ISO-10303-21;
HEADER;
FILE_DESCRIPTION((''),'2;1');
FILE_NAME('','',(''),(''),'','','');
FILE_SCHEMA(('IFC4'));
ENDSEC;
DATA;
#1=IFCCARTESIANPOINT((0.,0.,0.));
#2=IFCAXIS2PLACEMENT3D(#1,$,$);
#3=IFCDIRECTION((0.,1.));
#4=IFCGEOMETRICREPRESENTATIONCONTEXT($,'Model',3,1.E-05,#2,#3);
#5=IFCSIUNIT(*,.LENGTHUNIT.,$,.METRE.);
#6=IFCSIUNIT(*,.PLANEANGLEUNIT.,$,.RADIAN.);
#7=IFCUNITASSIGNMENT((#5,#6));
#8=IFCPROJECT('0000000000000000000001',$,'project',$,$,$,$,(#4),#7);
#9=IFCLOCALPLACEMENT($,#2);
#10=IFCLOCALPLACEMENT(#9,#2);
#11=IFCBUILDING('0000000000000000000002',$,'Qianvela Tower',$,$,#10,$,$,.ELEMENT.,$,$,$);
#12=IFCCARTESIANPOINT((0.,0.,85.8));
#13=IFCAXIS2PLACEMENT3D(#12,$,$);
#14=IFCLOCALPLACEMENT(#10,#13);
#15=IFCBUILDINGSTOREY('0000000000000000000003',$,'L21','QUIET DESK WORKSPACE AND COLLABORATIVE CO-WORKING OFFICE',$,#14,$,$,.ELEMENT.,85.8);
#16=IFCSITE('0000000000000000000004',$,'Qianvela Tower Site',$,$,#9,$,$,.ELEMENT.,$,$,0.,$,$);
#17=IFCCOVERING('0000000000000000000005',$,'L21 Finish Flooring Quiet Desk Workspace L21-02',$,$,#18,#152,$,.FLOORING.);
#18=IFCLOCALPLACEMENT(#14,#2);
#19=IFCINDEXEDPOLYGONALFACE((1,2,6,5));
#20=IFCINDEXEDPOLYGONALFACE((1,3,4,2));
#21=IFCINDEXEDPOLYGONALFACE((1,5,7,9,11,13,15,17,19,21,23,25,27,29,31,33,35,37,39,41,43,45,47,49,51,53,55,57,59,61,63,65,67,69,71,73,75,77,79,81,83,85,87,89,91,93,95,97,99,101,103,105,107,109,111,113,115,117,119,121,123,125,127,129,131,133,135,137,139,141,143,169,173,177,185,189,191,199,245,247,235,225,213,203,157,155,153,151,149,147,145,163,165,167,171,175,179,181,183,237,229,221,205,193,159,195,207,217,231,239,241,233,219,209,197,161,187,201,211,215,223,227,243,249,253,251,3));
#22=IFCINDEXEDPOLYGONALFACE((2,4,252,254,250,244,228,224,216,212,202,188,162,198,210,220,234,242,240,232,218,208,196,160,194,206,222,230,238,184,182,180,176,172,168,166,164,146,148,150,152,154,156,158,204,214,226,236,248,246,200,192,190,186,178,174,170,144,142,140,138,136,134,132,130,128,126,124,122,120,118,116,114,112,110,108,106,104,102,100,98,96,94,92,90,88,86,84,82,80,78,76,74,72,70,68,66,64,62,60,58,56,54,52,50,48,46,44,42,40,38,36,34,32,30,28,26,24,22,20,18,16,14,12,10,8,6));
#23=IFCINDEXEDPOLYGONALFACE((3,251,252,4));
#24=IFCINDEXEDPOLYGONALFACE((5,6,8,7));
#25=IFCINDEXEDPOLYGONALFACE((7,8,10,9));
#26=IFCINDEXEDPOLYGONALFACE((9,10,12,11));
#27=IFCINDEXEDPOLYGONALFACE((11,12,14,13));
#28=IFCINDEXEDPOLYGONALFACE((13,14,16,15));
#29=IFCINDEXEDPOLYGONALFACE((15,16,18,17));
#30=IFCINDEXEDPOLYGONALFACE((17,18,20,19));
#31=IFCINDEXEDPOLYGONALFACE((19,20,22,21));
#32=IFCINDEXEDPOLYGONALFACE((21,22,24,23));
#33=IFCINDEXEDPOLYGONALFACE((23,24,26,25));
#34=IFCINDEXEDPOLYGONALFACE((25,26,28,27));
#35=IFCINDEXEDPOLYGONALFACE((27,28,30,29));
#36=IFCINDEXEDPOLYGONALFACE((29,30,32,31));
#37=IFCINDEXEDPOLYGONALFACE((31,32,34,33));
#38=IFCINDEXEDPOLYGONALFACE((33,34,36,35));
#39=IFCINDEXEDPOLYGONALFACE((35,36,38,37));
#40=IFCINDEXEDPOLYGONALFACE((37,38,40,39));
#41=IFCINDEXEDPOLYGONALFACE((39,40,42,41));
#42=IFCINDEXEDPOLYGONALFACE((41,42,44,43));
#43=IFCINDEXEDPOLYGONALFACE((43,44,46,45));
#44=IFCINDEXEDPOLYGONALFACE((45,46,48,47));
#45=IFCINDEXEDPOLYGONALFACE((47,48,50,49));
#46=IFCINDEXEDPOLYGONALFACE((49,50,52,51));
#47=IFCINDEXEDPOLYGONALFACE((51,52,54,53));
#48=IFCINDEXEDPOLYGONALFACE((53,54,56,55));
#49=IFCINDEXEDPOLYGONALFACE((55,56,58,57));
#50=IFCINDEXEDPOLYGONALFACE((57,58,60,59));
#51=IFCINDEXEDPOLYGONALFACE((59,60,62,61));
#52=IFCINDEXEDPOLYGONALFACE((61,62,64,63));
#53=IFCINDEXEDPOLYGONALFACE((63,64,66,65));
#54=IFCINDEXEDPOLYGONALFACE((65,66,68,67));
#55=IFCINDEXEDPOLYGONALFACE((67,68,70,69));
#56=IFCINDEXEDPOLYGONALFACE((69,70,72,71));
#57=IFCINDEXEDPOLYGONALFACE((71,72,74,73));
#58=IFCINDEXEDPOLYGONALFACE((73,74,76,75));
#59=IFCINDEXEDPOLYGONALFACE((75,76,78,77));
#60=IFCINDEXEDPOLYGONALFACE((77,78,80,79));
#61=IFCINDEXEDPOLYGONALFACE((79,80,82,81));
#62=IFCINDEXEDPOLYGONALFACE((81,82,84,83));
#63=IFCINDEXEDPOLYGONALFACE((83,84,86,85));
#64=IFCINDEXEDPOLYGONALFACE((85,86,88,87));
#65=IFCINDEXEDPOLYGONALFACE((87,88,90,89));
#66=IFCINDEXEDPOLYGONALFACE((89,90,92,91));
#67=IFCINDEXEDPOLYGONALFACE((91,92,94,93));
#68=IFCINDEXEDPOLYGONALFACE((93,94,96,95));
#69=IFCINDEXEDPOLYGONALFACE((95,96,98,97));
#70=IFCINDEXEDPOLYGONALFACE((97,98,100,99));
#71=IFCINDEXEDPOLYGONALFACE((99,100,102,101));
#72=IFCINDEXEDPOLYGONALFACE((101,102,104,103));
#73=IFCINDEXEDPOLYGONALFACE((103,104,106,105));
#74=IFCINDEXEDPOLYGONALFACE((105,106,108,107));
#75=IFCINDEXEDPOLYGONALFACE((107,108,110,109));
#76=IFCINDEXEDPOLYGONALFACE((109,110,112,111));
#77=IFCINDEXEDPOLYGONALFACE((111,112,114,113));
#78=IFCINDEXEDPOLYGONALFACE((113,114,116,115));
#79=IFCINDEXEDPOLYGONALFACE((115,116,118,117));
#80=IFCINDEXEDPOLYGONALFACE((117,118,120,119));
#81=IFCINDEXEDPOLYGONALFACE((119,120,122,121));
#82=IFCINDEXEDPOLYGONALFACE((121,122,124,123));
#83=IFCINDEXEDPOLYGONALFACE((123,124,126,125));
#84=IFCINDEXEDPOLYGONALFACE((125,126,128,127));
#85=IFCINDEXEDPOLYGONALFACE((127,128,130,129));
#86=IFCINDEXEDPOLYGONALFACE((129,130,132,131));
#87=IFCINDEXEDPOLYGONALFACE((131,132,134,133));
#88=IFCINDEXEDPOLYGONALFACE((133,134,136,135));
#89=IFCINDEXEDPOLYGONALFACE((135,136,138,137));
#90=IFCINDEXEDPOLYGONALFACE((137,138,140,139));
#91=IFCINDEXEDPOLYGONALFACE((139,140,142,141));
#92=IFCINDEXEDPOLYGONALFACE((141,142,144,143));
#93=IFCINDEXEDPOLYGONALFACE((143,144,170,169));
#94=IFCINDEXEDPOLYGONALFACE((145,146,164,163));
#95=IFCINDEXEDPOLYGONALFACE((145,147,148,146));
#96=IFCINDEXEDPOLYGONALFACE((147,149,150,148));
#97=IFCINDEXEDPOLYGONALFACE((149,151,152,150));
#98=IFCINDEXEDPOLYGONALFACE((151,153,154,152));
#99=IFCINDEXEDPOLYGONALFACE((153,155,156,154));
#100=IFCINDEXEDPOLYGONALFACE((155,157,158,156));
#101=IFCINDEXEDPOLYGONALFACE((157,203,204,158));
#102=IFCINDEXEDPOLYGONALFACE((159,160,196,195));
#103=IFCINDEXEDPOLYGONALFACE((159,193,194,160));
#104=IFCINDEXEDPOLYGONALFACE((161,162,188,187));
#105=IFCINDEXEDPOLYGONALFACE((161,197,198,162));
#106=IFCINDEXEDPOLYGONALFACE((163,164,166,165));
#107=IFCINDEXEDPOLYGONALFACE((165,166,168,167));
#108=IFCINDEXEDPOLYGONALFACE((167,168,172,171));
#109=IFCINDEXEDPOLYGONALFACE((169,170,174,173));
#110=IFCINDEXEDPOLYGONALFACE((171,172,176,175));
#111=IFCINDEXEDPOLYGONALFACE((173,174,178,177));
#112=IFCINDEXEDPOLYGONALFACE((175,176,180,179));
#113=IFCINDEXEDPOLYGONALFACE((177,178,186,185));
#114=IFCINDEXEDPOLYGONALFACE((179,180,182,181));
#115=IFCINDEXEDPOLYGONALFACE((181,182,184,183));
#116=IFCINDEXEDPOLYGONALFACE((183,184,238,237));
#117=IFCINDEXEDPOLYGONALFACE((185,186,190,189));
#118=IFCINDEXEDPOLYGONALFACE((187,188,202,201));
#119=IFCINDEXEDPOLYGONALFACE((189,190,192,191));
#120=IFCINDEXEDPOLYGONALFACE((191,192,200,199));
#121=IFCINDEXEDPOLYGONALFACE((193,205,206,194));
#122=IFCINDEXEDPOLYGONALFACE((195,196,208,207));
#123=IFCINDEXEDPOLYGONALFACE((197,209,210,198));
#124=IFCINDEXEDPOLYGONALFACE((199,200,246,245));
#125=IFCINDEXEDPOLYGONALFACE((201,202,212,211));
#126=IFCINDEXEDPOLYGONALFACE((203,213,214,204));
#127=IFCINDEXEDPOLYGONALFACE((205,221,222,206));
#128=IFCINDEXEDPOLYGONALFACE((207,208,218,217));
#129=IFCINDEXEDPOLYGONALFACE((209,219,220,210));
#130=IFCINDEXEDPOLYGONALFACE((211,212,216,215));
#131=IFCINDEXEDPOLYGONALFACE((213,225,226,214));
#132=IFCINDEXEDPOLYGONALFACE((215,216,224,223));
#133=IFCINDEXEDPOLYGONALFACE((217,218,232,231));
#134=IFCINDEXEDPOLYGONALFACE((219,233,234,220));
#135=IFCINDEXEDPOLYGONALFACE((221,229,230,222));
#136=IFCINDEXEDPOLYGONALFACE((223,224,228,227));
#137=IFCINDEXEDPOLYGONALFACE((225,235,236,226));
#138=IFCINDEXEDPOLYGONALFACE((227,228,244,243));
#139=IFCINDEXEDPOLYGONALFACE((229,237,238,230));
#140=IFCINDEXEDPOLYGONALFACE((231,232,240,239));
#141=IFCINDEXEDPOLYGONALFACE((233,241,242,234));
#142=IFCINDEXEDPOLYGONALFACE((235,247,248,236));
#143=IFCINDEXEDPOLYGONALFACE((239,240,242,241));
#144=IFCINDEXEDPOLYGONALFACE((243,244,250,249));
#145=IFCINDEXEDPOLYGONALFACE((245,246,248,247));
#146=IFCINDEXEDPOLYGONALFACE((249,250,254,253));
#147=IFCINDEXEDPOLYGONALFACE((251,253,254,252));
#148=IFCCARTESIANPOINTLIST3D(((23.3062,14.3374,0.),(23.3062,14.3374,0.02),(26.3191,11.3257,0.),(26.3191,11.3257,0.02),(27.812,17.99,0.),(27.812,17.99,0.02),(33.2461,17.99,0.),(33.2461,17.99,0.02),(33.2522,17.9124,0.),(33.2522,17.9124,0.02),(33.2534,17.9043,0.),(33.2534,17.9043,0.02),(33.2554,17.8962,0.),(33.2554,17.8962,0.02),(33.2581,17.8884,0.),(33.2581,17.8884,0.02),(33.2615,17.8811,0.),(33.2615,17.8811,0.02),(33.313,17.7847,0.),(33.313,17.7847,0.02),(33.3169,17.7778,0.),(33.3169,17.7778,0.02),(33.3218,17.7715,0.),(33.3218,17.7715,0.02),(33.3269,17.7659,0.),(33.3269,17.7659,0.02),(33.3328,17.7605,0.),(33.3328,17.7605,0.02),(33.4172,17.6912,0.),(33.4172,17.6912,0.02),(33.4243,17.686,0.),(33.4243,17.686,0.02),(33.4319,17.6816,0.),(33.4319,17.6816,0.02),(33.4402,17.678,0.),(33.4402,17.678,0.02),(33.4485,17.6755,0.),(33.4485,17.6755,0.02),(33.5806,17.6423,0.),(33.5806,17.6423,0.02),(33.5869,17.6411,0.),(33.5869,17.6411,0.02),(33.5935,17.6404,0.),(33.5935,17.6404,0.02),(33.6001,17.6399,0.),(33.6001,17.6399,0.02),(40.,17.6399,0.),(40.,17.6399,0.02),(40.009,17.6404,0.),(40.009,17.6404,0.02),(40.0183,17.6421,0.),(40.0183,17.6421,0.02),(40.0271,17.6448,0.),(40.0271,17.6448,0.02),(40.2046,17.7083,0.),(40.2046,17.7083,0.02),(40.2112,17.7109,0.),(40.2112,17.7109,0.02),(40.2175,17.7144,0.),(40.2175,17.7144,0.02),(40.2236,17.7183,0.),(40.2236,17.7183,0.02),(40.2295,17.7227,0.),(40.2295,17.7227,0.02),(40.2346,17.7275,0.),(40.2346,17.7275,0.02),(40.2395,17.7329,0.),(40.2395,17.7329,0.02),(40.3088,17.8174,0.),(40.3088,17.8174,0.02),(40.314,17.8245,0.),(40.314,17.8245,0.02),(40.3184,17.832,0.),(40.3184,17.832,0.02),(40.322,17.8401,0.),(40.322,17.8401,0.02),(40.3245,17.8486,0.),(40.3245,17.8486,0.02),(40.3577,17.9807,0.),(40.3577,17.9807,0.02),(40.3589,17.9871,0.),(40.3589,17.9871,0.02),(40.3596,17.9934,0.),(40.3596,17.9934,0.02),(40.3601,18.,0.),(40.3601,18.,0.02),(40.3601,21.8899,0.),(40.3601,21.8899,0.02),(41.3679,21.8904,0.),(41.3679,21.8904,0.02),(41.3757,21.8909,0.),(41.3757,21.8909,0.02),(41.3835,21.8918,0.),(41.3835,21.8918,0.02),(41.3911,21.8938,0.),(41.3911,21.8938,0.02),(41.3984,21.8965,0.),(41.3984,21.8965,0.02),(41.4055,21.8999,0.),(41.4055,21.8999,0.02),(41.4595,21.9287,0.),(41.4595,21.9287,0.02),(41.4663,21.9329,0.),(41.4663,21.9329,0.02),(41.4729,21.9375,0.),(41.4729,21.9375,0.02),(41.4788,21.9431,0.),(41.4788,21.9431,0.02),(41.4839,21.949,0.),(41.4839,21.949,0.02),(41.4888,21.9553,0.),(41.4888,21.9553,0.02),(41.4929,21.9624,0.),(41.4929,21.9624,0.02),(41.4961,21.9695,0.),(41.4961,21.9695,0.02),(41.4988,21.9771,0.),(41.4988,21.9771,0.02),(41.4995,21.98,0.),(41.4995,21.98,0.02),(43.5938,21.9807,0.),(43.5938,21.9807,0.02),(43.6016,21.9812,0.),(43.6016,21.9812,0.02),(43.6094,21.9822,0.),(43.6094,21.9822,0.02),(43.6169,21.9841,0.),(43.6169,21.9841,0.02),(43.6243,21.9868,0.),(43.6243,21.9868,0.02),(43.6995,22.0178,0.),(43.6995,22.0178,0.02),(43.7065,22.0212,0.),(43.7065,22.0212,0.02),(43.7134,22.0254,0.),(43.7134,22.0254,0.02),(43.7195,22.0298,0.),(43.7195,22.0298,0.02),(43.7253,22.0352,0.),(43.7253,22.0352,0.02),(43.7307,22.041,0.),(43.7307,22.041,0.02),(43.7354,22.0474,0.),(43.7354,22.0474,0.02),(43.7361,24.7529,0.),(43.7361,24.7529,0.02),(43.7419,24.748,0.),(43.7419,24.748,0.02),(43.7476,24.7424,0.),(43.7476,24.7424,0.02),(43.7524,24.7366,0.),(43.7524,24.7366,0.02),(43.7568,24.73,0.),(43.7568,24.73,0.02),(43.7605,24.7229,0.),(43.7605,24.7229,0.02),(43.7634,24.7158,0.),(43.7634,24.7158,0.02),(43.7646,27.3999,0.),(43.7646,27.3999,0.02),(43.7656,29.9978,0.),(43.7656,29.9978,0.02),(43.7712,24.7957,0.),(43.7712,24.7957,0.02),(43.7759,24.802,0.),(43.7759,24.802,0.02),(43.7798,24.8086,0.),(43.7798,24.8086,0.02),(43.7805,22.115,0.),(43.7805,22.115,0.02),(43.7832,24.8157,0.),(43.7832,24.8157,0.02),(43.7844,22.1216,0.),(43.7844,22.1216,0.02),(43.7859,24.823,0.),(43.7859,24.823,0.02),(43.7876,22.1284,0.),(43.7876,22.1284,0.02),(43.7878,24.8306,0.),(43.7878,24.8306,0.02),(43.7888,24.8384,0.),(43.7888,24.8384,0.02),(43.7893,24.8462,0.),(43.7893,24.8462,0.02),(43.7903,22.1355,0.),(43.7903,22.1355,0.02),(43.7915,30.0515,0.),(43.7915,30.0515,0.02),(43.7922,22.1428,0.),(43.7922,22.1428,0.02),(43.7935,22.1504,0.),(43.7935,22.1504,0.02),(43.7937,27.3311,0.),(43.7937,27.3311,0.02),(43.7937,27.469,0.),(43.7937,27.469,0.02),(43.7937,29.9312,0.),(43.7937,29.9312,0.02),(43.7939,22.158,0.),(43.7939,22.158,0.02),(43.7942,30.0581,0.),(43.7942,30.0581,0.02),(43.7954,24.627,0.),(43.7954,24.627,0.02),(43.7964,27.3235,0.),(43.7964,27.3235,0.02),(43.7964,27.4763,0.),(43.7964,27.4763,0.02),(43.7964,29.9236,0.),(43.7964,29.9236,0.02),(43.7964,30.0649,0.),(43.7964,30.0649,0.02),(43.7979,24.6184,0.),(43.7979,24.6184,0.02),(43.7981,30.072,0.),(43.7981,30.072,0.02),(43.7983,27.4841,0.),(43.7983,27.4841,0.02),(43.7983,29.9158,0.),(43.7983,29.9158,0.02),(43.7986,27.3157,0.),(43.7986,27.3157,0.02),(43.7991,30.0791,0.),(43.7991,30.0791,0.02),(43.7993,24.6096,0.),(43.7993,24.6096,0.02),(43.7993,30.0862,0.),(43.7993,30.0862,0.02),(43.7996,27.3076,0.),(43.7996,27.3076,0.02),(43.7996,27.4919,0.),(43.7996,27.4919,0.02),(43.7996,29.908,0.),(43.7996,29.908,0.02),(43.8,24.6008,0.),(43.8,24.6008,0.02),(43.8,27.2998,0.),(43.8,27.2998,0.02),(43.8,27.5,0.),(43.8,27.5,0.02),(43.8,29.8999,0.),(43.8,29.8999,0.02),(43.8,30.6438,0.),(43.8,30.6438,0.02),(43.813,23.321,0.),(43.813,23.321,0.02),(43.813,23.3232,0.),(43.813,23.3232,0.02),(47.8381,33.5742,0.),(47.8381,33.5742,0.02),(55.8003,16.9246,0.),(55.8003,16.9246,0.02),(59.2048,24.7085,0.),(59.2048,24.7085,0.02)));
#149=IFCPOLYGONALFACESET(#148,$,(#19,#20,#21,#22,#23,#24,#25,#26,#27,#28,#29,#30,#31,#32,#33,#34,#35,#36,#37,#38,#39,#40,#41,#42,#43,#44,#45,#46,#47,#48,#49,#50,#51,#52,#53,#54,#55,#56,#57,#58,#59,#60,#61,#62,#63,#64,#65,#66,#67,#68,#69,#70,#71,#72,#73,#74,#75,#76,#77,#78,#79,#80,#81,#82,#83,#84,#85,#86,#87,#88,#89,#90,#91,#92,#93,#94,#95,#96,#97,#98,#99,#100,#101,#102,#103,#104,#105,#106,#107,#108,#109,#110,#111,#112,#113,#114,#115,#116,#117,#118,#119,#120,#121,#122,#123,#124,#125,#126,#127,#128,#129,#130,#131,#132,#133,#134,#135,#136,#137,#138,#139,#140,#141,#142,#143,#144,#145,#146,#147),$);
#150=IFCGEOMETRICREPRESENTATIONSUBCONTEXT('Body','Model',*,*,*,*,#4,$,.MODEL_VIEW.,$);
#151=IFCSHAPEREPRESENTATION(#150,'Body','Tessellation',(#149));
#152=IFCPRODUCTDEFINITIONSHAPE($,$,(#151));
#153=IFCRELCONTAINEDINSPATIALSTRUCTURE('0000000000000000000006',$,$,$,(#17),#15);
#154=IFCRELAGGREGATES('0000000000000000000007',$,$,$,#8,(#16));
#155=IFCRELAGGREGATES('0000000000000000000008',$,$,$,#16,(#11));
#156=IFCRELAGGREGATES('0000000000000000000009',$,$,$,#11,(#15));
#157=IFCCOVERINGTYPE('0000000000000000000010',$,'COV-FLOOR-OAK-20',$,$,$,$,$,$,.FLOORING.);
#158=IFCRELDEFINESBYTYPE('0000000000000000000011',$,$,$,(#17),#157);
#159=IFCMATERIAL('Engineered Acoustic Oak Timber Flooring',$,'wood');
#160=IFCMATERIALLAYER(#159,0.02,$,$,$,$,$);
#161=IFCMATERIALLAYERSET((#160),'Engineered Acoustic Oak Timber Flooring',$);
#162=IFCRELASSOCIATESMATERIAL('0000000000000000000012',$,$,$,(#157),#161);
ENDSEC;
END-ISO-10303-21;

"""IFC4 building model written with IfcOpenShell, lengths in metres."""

from ifc_helpers import new_model, si_unit, direction, frame, origin, place, context, subcontext, project, spatial, polyline, outline, extrude, material, layer, layer_set, type_object, element, save


model = new_model("IFC4")

# Units and contexts
model_context = context("Model", 3, precision=1e-05, world=origin(), true_north=direction((0.0, 1.0)))
body_context = subcontext(model_context, "Body", "Model", "MODEL_VIEW")
ifc_project = project(units=[si_unit("LENGTHUNIT", "METRE"), si_unit("PLANEANGLEUNIT", "RADIAN")], contexts=[model_context])

# Site, building, storey
site_placement = place(None, origin())
site = spatial("IfcSite", under=ifc_project, at=site_placement, Name="Qianvela Tower Site", CompositionType="ELEMENT", RefElevation=0.0)
building_placement = place(site_placement, origin())
building = spatial("IfcBuilding", under=site, at=building_placement, Name="Qianvela Tower", CompositionType="ELEMENT")
storey_placement = place(building_placement, frame((0.0, 0.0, 85.8)))
storey = spatial("IfcBuildingStorey", under=building, at=storey_placement, Name="L21", Description="QUIET DESK WORKSPACE AND COLLABORATIVE CO-WORKING OFFICE", CompositionType="ELEMENT", Elevation=85.8)

# Covering
ifc_material_1 = material(Name="Engineered Acoustic Oak Timber Flooring", Category="wood")
ifc_layer_1 = layer(ifc_material_1, 0.02)
ifc_layer_set_1 = layer_set([ifc_layer_1], Name="Engineered Acoustic Oak Timber Flooring")
covering_type_1 = type_object("IfcCoveringType", Name="COV-FLOOR-OAK-20", PredefinedType="FLOORING", material=ifc_layer_set_1)
covering_1_placement = place(storey_placement, origin())
element("IfcCovering", 1, at=covering_1_placement, inside=storey, type_object=covering_type_1, Name="L21 Finish Flooring Quiet Desk Workspace L21-02", PredefinedType="FLOORING", context=body_context, shape_type="SweptSolid", body=[
    extrude(outline(polyline([(26.3191, 11.3257), (23.3062, 14.3374), (27.812, 17.99), (33.2461, 17.99), (33.2522, 17.9124), (33.2534, 17.9043), (33.2554, 17.8962), (33.2581, 17.8884), (33.2615, 17.8811), (33.313, 17.7847), (33.3169, 17.7778), (33.3218, 17.7715), (33.3269, 17.7659), (33.3328, 17.7605), (33.4172, 17.6912), (33.4243, 17.686), (33.4319, 17.6816), (33.4402, 17.678), (33.4485, 17.6755), (33.5806, 17.6423), (33.5869, 17.6411), (33.5935, 17.6404), (33.6001, 17.6399), (40.0, 17.6399), (40.009, 17.6404), (40.0183, 17.6421), (40.0271, 17.6448), (40.2046, 17.7083), (40.2112, 17.7109), (40.2175, 17.7144), (40.2236, 17.7183), (40.2295, 17.7227), (40.2346, 17.7275), (40.2395, 17.7329), (40.3088, 17.8174), (40.314, 17.8245), (40.3184, 17.832), (40.322, 17.8401), (40.3245, 17.8486), (40.3577, 17.9807), (40.3589, 17.9871), (40.3596, 17.9934), (40.3601, 18.0), (40.3601, 21.8899), (41.3679, 21.8904), (41.3757, 21.8909), (41.3835, 21.8918), (41.3911, 21.8938), (41.3984, 21.8965), (41.4055, 21.8999), (41.4595, 21.9287), (41.4663, 21.9329), (41.4729, 21.9375), (41.4788, 21.9431), (41.4839, 21.949), (41.4888, 21.9553), (41.4929, 21.9624), (41.4961, 21.9695), (41.4988, 21.9771), (41.4995, 21.98), (43.5938, 21.9807), (43.6016, 21.9812), (43.6094, 21.9822), (43.6169, 21.9841), (43.6243, 21.9868), (43.6995, 22.0178), (43.7065, 22.0212), (43.7134, 22.0254), (43.7195, 22.0298), (43.7253, 22.0352), (43.7307, 22.041), (43.7354, 22.0474), (43.7805, 22.115), (43.7844, 22.1216), (43.7876, 22.1284), (43.7903, 22.1355), (43.7922, 22.1428), (43.7935, 22.1504), (43.7939, 22.158), (43.813, 23.321), (43.813, 23.3232), (43.8, 24.6008), (43.7993, 24.6096), (43.7979, 24.6184), (43.7954, 24.627), (43.7634, 24.7158), (43.7605, 24.7229), (43.7568, 24.73), (43.7524, 24.7366), (43.7476, 24.7424), (43.7419, 24.748), (43.7361, 24.7529), (43.7712, 24.7957), (43.7759, 24.802), (43.7798, 24.8086), (43.7832, 24.8157), (43.7859, 24.823), (43.7878, 24.8306), (43.7888, 24.8384), (43.7893, 24.8462), (43.8, 27.2998), (43.7996, 27.3076), (43.7986, 27.3157), (43.7964, 27.3235), (43.7937, 27.3311), (43.7646, 27.3999), (43.7937, 27.469), (43.7964, 27.4763), (43.7983, 27.4841), (43.7996, 27.4919), (43.8, 27.5), (43.8, 29.8999), (43.7996, 29.908), (43.7983, 29.9158), (43.7964, 29.9236), (43.7937, 29.9312), (43.7656, 29.9978), (43.7915, 30.0515), (43.7942, 30.0581), (43.7964, 30.0649), (43.7981, 30.072), (43.7991, 30.0791), (43.7993, 30.0862), (43.8, 30.6438), (47.8381, 33.5742), (59.2048, 24.7085), (55.8003, 16.9246), (26.3191, 11.3257)])), origin(), (0.0, 0.0, 1.0), 0.02),
])

save(model, "model.ifc")
